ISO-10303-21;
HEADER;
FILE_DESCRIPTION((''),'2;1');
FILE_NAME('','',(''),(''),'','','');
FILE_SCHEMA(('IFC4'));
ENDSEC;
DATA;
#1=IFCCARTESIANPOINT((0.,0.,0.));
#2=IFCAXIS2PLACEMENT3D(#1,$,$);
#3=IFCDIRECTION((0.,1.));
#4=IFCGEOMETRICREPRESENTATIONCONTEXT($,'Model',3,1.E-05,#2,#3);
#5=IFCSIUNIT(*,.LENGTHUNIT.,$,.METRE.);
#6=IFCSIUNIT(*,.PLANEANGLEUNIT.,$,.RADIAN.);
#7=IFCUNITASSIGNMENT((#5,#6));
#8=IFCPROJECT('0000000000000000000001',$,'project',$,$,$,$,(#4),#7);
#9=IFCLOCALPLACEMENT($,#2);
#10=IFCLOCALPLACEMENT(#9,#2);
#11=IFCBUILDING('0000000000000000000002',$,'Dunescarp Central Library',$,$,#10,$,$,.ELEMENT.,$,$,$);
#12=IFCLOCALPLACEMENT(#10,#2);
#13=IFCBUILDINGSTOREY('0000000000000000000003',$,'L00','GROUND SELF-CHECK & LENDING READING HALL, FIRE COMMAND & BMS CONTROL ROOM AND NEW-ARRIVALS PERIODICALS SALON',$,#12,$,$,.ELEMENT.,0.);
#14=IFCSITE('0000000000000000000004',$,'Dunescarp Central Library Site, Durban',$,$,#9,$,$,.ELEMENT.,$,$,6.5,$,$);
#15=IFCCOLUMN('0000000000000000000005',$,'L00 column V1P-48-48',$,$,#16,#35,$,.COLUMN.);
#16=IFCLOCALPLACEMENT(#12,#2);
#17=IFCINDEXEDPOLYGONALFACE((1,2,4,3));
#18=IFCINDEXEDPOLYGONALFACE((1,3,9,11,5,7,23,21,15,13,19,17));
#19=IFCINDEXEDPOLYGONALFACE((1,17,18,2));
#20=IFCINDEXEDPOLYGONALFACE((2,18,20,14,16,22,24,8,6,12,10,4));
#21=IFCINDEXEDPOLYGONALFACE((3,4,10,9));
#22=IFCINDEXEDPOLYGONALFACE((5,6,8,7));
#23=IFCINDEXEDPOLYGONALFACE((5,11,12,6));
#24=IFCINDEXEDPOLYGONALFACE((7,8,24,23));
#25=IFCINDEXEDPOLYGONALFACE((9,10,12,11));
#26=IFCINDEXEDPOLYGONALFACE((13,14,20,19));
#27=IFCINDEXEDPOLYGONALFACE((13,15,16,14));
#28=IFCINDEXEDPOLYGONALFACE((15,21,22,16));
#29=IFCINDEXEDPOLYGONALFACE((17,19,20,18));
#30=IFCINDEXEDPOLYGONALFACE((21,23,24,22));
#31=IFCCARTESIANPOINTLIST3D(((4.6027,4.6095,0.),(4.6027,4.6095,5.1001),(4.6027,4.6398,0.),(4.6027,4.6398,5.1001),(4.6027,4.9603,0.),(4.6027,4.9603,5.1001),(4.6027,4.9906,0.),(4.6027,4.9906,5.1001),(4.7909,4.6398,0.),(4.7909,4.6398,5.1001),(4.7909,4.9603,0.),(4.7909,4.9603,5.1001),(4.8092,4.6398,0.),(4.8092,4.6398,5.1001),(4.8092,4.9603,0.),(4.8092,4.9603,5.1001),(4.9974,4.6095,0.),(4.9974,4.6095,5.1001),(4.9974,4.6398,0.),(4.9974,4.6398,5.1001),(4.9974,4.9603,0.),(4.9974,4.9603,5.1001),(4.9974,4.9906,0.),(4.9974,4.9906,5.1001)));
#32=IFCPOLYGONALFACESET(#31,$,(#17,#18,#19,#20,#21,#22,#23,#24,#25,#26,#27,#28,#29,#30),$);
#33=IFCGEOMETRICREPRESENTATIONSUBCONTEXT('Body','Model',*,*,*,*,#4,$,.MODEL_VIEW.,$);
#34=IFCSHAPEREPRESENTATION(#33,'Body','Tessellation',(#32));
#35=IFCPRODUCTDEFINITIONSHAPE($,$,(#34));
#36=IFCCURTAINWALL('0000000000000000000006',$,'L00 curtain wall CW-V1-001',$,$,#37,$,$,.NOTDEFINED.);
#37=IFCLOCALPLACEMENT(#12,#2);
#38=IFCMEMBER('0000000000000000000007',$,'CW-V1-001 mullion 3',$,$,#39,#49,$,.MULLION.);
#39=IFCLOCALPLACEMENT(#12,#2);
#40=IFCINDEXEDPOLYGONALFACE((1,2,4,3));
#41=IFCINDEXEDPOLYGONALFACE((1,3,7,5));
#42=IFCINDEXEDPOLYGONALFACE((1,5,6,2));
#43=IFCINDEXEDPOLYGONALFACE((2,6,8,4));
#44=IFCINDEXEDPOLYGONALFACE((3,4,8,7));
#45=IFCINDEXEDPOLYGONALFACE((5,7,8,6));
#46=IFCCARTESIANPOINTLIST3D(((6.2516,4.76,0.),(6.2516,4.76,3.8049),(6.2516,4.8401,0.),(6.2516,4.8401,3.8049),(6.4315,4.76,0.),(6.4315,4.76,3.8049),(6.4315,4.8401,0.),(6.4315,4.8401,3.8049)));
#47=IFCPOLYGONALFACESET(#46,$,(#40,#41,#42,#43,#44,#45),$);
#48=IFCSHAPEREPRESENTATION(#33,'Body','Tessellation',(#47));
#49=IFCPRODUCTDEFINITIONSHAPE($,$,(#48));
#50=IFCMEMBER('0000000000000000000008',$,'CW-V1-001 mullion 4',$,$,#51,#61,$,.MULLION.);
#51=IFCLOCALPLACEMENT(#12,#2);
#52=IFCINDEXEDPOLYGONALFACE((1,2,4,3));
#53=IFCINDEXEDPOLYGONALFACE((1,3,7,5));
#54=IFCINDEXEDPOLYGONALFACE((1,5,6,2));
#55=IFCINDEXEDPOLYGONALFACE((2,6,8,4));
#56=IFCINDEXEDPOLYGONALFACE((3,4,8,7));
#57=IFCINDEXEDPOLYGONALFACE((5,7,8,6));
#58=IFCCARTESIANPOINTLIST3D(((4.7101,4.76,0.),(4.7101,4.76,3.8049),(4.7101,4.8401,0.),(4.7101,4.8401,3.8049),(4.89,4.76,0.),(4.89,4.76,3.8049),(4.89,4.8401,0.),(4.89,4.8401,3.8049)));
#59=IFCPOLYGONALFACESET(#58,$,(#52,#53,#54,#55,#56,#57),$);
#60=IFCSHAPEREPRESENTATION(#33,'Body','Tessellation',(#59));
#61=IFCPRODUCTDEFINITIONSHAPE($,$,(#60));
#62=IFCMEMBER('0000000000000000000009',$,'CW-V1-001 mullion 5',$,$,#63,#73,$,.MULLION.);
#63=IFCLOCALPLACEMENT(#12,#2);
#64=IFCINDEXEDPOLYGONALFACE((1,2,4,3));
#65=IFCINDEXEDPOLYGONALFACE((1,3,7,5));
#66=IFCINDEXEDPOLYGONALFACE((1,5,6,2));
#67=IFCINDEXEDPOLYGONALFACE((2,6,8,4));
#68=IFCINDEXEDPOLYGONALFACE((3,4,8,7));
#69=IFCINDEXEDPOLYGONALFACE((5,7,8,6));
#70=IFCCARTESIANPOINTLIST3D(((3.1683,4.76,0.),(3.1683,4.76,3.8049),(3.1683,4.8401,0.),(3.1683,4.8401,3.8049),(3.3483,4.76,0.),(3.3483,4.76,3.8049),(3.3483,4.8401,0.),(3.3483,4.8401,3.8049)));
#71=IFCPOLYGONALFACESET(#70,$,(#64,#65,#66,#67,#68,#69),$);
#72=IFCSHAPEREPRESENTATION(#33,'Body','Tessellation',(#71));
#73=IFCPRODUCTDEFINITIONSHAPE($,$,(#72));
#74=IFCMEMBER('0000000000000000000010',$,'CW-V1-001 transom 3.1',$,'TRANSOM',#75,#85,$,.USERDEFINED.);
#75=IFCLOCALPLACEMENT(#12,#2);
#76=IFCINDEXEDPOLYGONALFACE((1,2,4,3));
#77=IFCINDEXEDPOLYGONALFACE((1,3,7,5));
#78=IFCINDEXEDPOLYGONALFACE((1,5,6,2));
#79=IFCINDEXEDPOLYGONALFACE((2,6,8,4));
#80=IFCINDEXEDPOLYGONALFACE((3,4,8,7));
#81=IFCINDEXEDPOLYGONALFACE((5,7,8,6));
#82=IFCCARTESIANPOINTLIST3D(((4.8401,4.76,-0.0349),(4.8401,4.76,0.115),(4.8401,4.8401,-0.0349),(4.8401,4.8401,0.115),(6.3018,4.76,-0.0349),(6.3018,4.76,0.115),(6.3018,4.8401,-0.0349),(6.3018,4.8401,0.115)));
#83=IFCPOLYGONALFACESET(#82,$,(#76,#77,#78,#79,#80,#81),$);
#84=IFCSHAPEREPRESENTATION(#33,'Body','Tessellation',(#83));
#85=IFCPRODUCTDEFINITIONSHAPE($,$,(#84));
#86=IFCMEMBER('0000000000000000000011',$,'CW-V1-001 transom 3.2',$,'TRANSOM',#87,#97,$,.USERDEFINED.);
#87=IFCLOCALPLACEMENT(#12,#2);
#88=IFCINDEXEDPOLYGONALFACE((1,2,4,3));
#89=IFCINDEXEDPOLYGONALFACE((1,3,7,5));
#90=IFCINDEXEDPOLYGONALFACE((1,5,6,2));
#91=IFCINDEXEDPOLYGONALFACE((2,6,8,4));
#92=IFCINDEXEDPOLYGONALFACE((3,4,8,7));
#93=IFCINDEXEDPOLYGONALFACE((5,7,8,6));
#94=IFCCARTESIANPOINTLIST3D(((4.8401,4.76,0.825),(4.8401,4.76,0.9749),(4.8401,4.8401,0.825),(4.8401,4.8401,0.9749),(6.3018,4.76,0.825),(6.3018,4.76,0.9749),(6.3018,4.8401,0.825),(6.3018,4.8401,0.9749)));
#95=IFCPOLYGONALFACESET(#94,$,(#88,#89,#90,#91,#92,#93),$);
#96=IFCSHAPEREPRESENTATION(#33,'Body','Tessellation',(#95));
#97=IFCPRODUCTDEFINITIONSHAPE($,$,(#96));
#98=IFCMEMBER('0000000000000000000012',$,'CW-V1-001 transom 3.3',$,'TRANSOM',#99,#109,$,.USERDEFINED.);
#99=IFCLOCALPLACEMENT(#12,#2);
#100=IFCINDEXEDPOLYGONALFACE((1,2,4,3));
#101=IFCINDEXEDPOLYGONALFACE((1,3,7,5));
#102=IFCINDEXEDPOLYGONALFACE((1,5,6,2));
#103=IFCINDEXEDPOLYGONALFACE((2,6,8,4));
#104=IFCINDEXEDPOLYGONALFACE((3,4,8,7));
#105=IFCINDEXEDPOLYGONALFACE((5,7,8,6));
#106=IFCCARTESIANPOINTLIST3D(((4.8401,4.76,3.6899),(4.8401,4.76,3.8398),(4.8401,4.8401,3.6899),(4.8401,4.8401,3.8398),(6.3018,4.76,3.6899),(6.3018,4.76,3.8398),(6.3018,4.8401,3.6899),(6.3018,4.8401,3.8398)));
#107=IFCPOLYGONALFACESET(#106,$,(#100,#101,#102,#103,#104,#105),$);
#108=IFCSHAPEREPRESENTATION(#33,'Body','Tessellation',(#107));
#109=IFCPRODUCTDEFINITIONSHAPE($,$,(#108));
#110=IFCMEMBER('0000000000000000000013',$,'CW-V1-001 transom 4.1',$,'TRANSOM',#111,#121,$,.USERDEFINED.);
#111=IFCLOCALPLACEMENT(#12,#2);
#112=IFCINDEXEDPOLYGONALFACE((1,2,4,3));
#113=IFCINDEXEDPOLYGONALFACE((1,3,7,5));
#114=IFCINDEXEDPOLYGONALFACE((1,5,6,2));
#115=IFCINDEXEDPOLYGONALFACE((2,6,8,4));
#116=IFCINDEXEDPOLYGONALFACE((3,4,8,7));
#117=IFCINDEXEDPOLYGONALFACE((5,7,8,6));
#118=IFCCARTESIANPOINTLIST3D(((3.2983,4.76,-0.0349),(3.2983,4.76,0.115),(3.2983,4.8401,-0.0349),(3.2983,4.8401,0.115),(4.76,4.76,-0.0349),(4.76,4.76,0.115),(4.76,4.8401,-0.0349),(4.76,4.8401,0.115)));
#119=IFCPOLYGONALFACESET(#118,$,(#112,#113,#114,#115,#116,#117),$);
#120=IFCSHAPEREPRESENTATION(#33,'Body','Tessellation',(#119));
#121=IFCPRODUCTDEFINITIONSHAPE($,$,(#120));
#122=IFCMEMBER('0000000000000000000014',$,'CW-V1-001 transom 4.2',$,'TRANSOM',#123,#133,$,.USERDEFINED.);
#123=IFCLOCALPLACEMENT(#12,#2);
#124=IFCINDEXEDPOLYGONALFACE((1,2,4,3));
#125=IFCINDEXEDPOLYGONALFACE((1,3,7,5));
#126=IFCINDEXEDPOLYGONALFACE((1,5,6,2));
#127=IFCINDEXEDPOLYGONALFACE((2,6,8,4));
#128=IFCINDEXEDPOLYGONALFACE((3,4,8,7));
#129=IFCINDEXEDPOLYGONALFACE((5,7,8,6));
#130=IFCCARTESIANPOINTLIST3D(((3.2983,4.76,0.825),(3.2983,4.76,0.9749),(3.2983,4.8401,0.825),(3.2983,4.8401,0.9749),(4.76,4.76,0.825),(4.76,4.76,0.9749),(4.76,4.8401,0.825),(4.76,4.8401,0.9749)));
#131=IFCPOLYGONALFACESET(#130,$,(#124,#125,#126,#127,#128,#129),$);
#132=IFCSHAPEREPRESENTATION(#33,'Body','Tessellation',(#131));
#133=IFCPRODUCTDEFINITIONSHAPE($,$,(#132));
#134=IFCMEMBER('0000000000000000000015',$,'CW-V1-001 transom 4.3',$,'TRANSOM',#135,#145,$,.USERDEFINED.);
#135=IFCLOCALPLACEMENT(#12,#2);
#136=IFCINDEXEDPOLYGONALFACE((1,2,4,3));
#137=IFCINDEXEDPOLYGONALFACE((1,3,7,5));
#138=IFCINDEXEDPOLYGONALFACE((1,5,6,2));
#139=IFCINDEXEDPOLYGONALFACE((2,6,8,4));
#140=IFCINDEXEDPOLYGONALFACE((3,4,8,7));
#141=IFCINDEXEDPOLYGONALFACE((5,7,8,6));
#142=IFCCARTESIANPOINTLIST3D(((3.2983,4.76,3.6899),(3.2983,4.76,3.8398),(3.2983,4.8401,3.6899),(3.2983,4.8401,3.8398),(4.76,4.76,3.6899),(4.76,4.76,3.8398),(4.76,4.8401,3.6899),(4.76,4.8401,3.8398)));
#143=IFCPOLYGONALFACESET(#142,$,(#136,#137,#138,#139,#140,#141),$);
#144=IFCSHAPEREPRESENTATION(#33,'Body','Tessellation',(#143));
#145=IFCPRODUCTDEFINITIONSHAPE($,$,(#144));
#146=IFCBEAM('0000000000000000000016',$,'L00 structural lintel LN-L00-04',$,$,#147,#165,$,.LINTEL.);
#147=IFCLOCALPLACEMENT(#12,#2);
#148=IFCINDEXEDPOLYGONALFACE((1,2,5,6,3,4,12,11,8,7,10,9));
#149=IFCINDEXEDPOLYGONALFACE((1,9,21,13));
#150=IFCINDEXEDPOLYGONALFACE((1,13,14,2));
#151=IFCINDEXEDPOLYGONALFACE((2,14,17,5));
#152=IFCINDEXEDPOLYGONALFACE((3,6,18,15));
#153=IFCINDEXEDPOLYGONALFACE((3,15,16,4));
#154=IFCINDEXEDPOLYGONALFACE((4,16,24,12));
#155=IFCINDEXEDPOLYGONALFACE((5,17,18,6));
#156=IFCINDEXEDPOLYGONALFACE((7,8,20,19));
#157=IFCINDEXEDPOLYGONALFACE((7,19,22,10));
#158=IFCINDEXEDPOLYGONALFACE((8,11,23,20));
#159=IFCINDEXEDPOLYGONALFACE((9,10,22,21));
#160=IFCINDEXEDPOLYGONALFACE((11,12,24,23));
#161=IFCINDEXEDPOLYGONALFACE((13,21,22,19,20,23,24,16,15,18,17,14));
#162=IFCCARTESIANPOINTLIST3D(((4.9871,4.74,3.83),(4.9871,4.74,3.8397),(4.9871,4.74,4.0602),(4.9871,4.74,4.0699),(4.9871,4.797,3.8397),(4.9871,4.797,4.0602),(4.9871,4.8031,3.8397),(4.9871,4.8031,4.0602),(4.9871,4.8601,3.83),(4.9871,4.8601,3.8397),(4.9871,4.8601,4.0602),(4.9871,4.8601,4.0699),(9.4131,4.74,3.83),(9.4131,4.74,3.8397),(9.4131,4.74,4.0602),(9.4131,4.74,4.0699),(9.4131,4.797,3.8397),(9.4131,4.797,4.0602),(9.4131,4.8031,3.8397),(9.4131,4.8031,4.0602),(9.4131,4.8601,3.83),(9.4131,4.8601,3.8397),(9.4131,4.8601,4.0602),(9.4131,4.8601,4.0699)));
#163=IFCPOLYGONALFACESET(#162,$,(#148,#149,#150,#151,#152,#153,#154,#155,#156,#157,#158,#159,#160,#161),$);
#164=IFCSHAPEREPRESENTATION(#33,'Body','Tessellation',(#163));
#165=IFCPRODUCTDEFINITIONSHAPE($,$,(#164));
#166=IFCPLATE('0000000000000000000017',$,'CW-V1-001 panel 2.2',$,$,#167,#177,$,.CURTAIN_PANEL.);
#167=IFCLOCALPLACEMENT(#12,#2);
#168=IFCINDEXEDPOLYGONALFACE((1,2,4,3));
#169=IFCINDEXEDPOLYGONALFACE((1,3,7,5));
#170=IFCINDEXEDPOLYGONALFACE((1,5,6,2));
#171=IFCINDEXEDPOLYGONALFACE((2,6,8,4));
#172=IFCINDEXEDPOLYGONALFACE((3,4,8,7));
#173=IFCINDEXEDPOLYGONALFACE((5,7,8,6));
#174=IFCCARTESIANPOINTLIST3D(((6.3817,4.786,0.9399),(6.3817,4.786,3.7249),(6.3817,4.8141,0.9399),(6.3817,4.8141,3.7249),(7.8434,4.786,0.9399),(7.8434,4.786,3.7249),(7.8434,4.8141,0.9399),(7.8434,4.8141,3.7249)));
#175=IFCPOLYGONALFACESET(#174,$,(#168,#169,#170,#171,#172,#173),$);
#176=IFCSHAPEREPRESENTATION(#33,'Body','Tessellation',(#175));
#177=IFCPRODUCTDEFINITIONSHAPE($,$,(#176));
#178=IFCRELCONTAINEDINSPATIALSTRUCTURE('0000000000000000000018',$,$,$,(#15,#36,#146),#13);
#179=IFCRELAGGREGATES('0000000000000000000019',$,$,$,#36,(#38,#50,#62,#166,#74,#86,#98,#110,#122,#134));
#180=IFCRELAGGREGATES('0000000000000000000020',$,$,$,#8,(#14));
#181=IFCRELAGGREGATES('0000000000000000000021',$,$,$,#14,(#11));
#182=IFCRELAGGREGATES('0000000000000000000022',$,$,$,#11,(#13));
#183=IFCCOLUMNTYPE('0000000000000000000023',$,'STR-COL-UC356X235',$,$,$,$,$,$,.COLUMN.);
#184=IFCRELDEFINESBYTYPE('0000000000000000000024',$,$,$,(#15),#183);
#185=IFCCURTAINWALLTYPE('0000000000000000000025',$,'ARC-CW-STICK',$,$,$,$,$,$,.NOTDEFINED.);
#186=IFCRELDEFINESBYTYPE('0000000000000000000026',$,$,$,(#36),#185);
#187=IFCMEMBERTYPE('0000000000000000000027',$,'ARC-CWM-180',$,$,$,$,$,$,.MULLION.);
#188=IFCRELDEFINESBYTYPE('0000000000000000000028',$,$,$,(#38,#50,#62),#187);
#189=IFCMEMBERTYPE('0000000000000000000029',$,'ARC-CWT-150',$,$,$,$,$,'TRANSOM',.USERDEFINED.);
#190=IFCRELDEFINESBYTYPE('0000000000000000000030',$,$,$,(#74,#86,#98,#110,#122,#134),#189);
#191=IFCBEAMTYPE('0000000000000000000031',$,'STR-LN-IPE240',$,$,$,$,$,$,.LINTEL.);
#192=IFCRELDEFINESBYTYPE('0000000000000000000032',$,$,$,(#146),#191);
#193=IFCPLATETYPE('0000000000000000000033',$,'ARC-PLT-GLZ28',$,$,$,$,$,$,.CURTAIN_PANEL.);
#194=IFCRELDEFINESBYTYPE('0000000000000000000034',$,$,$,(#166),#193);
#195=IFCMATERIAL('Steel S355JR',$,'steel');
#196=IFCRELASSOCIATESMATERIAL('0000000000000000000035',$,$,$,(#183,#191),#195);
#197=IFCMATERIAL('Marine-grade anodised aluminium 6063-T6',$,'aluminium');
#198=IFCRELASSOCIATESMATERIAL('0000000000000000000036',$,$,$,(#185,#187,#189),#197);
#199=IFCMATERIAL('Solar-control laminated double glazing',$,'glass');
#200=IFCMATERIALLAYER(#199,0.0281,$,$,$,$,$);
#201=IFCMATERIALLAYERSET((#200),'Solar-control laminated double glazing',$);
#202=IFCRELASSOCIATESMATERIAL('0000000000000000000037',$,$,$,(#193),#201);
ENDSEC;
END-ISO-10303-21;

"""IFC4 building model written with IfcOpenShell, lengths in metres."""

from ifc_helpers import new_model, si_unit, direction, frame, origin, origin_2d, place, context, subcontext, project, spatial, rectangle, i_section, extrude, material, layer, layer_set, material_profile, profile_set, type_object, element, aggregate, save


model = new_model("IFC4")

# Units and contexts
model_context = context("Model", 3, precision=1e-05, world=origin(), true_north=direction((0.0, 1.0)))
body_context = subcontext(model_context, "Body", "Model", "MODEL_VIEW")
ifc_project = project(units=[si_unit("LENGTHUNIT", "METRE"), si_unit("PLANEANGLEUNIT", "RADIAN")], contexts=[model_context])

# Site, building, storey
site_placement = place(None, origin())
site = spatial("IfcSite", under=ifc_project, at=site_placement, Name="Dunescarp Central Library Site, Durban", CompositionType="ELEMENT", RefElevation=6.5)
building_placement = place(site_placement, origin())
building = spatial("IfcBuilding", under=site, at=building_placement, Name="Dunescarp Central Library", CompositionType="ELEMENT")
storey_placement = place(building_placement, origin())
storey = spatial("IfcBuildingStorey", under=building, at=storey_placement, Name="L00", Description="GROUND SELF-CHECK & LENDING READING HALL, FIRE COMMAND & BMS CONTROL ROOM AND NEW-ARRIVALS PERIODICALS SALON", CompositionType="ELEMENT", Elevation=0.0)

# Column
ifc_material_1 = material(Name="Steel S355JR", Category="steel")
ifc_material_profile_1 = material_profile(ifc_material_1, i_section(OverallWidth=0.3948, OverallDepth=0.3811, WebThickness=0.0183, FlangeThickness=0.0303, at=origin_2d()), Name="UC 356x406x235")
ifc_profile_set_1 = profile_set([ifc_material_profile_1], Name="Steel S355JR")
column_type_1 = type_object("IfcColumnType", Name="STR-COL-UC356X235", PredefinedType="COLUMN", material=ifc_profile_set_1)
column_1_placement = place(storey_placement, frame((4.8, 4.8, 0.0), z_axis=(0.0, 0.0, 1.0), x_axis=(1.0, 0.0, 0.0)))
element("IfcColumn", 1, at=column_1_placement, inside=storey, type_object=column_type_1, Name="L00 column V1P-48-48", PredefinedType="COLUMN", context=body_context, shape_type="SweptSolid", body=[
    extrude(i_section(OverallWidth=0.3948, OverallDepth=0.3811, WebThickness=0.0183, FlangeThickness=0.0303, at=origin_2d()), origin(), (0.0, 0.0, 1.0), 5.1001),
])

# Curtain wall, members
ifc_material_2 = material(Name="Marine-grade anodised aluminium 6063-T6", Category="aluminium")
curtain_wall_type = type_object("IfcCurtainWallType", Name="ARC-CW-STICK", PredefinedType="NOTDEFINED", material=ifc_material_2)
curtain_wall_placement = place(storey_placement, origin())
curtain_wall = element("IfcCurtainWall", 2, at=curtain_wall_placement, inside=storey, type_object=curtain_wall_type, Name="L00 curtain wall CW-V1-001", PredefinedType="NOTDEFINED")
ifc_material_profile_2 = material_profile(ifc_material_2, rectangle(XDim=0.0801, YDim=0.1799, at=origin_2d()), Name="AL 80x180")
ifc_profile_set_2 = profile_set([ifc_material_profile_2], Name="Marine-grade anodised aluminium 6063-T6")
member_type_1 = type_object("IfcMemberType", Name="ARC-CWM-180", PredefinedType="MULLION", material=ifc_profile_set_2)
member_1_placement = place(storey_placement, frame((6.3416, 4.8, 0.0), z_axis=(0.0, 0.0, 1.0), x_axis=(0.0, -1.0, 0.0)))
member_1 = element("IfcMember", 3, at=member_1_placement, type_object=member_type_1, Name="CW-V1-001 mullion 3", PredefinedType="MULLION", context=body_context, shape_type="SweptSolid", body=[
    extrude(rectangle(XDim=0.0801, YDim=0.1799, at=origin_2d()), origin(), (0.0, 0.0, 1.0), 3.8049),
])
member_2_placement = place(storey_placement, frame((4.8, 4.8, 0.0), z_axis=(0.0, 0.0, 1.0), x_axis=(0.0, -1.0, 0.0)))
member_2 = element("IfcMember", 4, at=member_2_placement, type_object=member_type_1, Name="CW-V1-001 mullion 4", PredefinedType="MULLION", context=body_context, shape_type="SweptSolid", body=[
    extrude(rectangle(XDim=0.0801, YDim=0.1799, at=origin_2d()), origin(), (0.0, 0.0, 1.0), 3.8049),
])
member_3_placement = place(storey_placement, frame((3.2583, 4.8, 0.0), z_axis=(0.0, 0.0, 1.0), x_axis=(0.0, -1.0, 0.0)))
member_3 = element("IfcMember", 5, at=member_3_placement, type_object=member_type_1, Name="CW-V1-001 mullion 5", PredefinedType="MULLION", context=body_context, shape_type="SweptSolid", body=[
    extrude(rectangle(XDim=0.0801, YDim=0.1799, at=origin_2d()), origin(), (0.0, 0.0, 1.0), 3.8049),
])
ifc_material_profile_3 = material_profile(ifc_material_2, rectangle(XDim=0.0801, YDim=0.1499, at=origin_2d()), Name="AL 80x150")
ifc_profile_set_3 = profile_set([ifc_material_profile_3], Name="Marine-grade anodised aluminium 6063-T6")
member_type_2 = type_object("IfcMemberType", Name="ARC-CWT-150", ElementType="TRANSOM", PredefinedType="USERDEFINED", material=ifc_profile_set_3)
member_4_placement = place(storey_placement, frame((6.3018, 4.8, 0.04), z_axis=(-1.0, 0.0, 0.0), x_axis=(0.0, -1.0, 0.0)))
member_4 = element("IfcMember", 6, at=member_4_placement, type_object=member_type_2, Name="CW-V1-001 transom 3.1", ObjectType="TRANSOM", PredefinedType="USERDEFINED", context=body_context, shape_type="SweptSolid", body=[
    extrude(rectangle(XDim=0.0801, YDim=0.1499, at=origin_2d()), origin(), (0.0, 0.0, 1.0), 1.4617),
])
member_5_placement = place(storey_placement, frame((6.3018, 4.8, 0.8999), z_axis=(-1.0, 0.0, 0.0), x_axis=(0.0, -1.0, 0.0)))
member_5 = element("IfcMember", 7, at=member_5_placement, type_object=member_type_2, Name="CW-V1-001 transom 3.2", ObjectType="TRANSOM", PredefinedType="USERDEFINED", context=body_context, shape_type="SweptSolid", body=[
    extrude(rectangle(XDim=0.0801, YDim=0.1499, at=origin_2d()), origin(), (0.0, 0.0, 1.0), 1.4617),
])
member_6_placement = place(storey_placement, frame((6.3018, 4.8, 3.7649), z_axis=(-1.0, 0.0, 0.0), x_axis=(0.0, -1.0, 0.0)))
member_6 = element("IfcMember", 8, at=member_6_placement, type_object=member_type_2, Name="CW-V1-001 transom 3.3", ObjectType="TRANSOM", PredefinedType="USERDEFINED", context=body_context, shape_type="SweptSolid", body=[
    extrude(rectangle(XDim=0.0801, YDim=0.1499, at=origin_2d()), origin(), (0.0, 0.0, 1.0), 1.4617),
])
member_7_placement = place(storey_placement, frame((4.76, 4.8, 0.04), z_axis=(-1.0, 0.0, 0.0), x_axis=(0.0, -1.0, 0.0)))
member_7 = element("IfcMember", 9, at=member_7_placement, type_object=member_type_2, Name="CW-V1-001 transom 4.1", ObjectType="TRANSOM", PredefinedType="USERDEFINED", context=body_context, shape_type="SweptSolid", body=[
    extrude(rectangle(XDim=0.0801, YDim=0.1499, at=origin_2d()), origin(), (0.0, 0.0, 1.0), 1.4617),
])
member_8_placement = place(storey_placement, frame((4.76, 4.8, 0.8999), z_axis=(-1.0, 0.0, 0.0), x_axis=(0.0, -1.0, 0.0)))
member_8 = element("IfcMember", 10, at=member_8_placement, type_object=member_type_2, Name="CW-V1-001 transom 4.2", ObjectType="TRANSOM", PredefinedType="USERDEFINED", context=body_context, shape_type="SweptSolid", body=[
    extrude(rectangle(XDim=0.0801, YDim=0.1499, at=origin_2d()), origin(), (0.0, 0.0, 1.0), 1.4617),
])
member_9_placement = place(storey_placement, frame((4.76, 4.8, 3.7649), z_axis=(-1.0, 0.0, 0.0), x_axis=(0.0, -1.0, 0.0)))
member_9 = element("IfcMember", 11, at=member_9_placement, type_object=member_type_2, Name="CW-V1-001 transom 4.3", ObjectType="TRANSOM", PredefinedType="USERDEFINED", context=body_context, shape_type="SweptSolid", body=[
    extrude(rectangle(XDim=0.0801, YDim=0.1499, at=origin_2d()), origin(), (0.0, 0.0, 1.0), 1.4617),
])

# Beam
ifc_material_profile_4 = material_profile(ifc_material_1, i_section(OverallWidth=0.1201, OverallDepth=0.24, WebThickness=0.0061, FlangeThickness=0.0098, at=origin_2d()), Name="IPE 240")
ifc_profile_set_4 = profile_set([ifc_material_profile_4], Name="Steel S355JR")
beam_type = type_object("IfcBeamType", Name="STR-LN-IPE240", PredefinedType="LINTEL", material=ifc_profile_set_4)
beam_placement = place(storey_placement, frame((4.9871, 4.8, 3.95), z_axis=(1.0, 0.0, 0.0), x_axis=(0.0, 1.0, 0.0)))
element("IfcBeam", 12, at=beam_placement, inside=storey, type_object=beam_type, Name="L00 structural lintel LN-L00-04", PredefinedType="LINTEL", context=body_context, shape_type="SweptSolid", body=[
    extrude(i_section(OverallWidth=0.1201, OverallDepth=0.24, WebThickness=0.0061, FlangeThickness=0.0098, at=origin_2d()), origin(), (0.0, 0.0, 1.0), 4.426),
])

# Plate
ifc_material_3 = material(Name="Solar-control laminated double glazing", Category="glass")
ifc_layer_1 = layer(ifc_material_3, 0.0281)
ifc_layer_set_1 = layer_set([ifc_layer_1], Name="Solar-control laminated double glazing")
plate_type_1 = type_object("IfcPlateType", Name="ARC-PLT-GLZ28", PredefinedType="CURTAIN_PANEL", material=ifc_layer_set_1)
plate_1_placement = place(storey_placement, frame((7.1125, 4.8, 0.9399), z_axis=(0.0, 0.0, 1.0), x_axis=(-1.0, 0.0, 0.0)))
plate_1 = element("IfcPlate", 13, at=plate_1_placement, type_object=plate_type_1, Name="CW-V1-001 panel 2.2", PredefinedType="CURTAIN_PANEL", context=body_context, shape_type="SweptSolid", body=[
    extrude(rectangle(XDim=1.4617, YDim=0.0281, at=origin_2d()), origin(), (0.0, 0.0, 1.0), 2.7849),
])
aggregate(curtain_wall, [member_1, member_2, member_3, plate_1, member_4, member_5, member_6, member_7, member_8, member_9])

save(model, "model.ifc")
